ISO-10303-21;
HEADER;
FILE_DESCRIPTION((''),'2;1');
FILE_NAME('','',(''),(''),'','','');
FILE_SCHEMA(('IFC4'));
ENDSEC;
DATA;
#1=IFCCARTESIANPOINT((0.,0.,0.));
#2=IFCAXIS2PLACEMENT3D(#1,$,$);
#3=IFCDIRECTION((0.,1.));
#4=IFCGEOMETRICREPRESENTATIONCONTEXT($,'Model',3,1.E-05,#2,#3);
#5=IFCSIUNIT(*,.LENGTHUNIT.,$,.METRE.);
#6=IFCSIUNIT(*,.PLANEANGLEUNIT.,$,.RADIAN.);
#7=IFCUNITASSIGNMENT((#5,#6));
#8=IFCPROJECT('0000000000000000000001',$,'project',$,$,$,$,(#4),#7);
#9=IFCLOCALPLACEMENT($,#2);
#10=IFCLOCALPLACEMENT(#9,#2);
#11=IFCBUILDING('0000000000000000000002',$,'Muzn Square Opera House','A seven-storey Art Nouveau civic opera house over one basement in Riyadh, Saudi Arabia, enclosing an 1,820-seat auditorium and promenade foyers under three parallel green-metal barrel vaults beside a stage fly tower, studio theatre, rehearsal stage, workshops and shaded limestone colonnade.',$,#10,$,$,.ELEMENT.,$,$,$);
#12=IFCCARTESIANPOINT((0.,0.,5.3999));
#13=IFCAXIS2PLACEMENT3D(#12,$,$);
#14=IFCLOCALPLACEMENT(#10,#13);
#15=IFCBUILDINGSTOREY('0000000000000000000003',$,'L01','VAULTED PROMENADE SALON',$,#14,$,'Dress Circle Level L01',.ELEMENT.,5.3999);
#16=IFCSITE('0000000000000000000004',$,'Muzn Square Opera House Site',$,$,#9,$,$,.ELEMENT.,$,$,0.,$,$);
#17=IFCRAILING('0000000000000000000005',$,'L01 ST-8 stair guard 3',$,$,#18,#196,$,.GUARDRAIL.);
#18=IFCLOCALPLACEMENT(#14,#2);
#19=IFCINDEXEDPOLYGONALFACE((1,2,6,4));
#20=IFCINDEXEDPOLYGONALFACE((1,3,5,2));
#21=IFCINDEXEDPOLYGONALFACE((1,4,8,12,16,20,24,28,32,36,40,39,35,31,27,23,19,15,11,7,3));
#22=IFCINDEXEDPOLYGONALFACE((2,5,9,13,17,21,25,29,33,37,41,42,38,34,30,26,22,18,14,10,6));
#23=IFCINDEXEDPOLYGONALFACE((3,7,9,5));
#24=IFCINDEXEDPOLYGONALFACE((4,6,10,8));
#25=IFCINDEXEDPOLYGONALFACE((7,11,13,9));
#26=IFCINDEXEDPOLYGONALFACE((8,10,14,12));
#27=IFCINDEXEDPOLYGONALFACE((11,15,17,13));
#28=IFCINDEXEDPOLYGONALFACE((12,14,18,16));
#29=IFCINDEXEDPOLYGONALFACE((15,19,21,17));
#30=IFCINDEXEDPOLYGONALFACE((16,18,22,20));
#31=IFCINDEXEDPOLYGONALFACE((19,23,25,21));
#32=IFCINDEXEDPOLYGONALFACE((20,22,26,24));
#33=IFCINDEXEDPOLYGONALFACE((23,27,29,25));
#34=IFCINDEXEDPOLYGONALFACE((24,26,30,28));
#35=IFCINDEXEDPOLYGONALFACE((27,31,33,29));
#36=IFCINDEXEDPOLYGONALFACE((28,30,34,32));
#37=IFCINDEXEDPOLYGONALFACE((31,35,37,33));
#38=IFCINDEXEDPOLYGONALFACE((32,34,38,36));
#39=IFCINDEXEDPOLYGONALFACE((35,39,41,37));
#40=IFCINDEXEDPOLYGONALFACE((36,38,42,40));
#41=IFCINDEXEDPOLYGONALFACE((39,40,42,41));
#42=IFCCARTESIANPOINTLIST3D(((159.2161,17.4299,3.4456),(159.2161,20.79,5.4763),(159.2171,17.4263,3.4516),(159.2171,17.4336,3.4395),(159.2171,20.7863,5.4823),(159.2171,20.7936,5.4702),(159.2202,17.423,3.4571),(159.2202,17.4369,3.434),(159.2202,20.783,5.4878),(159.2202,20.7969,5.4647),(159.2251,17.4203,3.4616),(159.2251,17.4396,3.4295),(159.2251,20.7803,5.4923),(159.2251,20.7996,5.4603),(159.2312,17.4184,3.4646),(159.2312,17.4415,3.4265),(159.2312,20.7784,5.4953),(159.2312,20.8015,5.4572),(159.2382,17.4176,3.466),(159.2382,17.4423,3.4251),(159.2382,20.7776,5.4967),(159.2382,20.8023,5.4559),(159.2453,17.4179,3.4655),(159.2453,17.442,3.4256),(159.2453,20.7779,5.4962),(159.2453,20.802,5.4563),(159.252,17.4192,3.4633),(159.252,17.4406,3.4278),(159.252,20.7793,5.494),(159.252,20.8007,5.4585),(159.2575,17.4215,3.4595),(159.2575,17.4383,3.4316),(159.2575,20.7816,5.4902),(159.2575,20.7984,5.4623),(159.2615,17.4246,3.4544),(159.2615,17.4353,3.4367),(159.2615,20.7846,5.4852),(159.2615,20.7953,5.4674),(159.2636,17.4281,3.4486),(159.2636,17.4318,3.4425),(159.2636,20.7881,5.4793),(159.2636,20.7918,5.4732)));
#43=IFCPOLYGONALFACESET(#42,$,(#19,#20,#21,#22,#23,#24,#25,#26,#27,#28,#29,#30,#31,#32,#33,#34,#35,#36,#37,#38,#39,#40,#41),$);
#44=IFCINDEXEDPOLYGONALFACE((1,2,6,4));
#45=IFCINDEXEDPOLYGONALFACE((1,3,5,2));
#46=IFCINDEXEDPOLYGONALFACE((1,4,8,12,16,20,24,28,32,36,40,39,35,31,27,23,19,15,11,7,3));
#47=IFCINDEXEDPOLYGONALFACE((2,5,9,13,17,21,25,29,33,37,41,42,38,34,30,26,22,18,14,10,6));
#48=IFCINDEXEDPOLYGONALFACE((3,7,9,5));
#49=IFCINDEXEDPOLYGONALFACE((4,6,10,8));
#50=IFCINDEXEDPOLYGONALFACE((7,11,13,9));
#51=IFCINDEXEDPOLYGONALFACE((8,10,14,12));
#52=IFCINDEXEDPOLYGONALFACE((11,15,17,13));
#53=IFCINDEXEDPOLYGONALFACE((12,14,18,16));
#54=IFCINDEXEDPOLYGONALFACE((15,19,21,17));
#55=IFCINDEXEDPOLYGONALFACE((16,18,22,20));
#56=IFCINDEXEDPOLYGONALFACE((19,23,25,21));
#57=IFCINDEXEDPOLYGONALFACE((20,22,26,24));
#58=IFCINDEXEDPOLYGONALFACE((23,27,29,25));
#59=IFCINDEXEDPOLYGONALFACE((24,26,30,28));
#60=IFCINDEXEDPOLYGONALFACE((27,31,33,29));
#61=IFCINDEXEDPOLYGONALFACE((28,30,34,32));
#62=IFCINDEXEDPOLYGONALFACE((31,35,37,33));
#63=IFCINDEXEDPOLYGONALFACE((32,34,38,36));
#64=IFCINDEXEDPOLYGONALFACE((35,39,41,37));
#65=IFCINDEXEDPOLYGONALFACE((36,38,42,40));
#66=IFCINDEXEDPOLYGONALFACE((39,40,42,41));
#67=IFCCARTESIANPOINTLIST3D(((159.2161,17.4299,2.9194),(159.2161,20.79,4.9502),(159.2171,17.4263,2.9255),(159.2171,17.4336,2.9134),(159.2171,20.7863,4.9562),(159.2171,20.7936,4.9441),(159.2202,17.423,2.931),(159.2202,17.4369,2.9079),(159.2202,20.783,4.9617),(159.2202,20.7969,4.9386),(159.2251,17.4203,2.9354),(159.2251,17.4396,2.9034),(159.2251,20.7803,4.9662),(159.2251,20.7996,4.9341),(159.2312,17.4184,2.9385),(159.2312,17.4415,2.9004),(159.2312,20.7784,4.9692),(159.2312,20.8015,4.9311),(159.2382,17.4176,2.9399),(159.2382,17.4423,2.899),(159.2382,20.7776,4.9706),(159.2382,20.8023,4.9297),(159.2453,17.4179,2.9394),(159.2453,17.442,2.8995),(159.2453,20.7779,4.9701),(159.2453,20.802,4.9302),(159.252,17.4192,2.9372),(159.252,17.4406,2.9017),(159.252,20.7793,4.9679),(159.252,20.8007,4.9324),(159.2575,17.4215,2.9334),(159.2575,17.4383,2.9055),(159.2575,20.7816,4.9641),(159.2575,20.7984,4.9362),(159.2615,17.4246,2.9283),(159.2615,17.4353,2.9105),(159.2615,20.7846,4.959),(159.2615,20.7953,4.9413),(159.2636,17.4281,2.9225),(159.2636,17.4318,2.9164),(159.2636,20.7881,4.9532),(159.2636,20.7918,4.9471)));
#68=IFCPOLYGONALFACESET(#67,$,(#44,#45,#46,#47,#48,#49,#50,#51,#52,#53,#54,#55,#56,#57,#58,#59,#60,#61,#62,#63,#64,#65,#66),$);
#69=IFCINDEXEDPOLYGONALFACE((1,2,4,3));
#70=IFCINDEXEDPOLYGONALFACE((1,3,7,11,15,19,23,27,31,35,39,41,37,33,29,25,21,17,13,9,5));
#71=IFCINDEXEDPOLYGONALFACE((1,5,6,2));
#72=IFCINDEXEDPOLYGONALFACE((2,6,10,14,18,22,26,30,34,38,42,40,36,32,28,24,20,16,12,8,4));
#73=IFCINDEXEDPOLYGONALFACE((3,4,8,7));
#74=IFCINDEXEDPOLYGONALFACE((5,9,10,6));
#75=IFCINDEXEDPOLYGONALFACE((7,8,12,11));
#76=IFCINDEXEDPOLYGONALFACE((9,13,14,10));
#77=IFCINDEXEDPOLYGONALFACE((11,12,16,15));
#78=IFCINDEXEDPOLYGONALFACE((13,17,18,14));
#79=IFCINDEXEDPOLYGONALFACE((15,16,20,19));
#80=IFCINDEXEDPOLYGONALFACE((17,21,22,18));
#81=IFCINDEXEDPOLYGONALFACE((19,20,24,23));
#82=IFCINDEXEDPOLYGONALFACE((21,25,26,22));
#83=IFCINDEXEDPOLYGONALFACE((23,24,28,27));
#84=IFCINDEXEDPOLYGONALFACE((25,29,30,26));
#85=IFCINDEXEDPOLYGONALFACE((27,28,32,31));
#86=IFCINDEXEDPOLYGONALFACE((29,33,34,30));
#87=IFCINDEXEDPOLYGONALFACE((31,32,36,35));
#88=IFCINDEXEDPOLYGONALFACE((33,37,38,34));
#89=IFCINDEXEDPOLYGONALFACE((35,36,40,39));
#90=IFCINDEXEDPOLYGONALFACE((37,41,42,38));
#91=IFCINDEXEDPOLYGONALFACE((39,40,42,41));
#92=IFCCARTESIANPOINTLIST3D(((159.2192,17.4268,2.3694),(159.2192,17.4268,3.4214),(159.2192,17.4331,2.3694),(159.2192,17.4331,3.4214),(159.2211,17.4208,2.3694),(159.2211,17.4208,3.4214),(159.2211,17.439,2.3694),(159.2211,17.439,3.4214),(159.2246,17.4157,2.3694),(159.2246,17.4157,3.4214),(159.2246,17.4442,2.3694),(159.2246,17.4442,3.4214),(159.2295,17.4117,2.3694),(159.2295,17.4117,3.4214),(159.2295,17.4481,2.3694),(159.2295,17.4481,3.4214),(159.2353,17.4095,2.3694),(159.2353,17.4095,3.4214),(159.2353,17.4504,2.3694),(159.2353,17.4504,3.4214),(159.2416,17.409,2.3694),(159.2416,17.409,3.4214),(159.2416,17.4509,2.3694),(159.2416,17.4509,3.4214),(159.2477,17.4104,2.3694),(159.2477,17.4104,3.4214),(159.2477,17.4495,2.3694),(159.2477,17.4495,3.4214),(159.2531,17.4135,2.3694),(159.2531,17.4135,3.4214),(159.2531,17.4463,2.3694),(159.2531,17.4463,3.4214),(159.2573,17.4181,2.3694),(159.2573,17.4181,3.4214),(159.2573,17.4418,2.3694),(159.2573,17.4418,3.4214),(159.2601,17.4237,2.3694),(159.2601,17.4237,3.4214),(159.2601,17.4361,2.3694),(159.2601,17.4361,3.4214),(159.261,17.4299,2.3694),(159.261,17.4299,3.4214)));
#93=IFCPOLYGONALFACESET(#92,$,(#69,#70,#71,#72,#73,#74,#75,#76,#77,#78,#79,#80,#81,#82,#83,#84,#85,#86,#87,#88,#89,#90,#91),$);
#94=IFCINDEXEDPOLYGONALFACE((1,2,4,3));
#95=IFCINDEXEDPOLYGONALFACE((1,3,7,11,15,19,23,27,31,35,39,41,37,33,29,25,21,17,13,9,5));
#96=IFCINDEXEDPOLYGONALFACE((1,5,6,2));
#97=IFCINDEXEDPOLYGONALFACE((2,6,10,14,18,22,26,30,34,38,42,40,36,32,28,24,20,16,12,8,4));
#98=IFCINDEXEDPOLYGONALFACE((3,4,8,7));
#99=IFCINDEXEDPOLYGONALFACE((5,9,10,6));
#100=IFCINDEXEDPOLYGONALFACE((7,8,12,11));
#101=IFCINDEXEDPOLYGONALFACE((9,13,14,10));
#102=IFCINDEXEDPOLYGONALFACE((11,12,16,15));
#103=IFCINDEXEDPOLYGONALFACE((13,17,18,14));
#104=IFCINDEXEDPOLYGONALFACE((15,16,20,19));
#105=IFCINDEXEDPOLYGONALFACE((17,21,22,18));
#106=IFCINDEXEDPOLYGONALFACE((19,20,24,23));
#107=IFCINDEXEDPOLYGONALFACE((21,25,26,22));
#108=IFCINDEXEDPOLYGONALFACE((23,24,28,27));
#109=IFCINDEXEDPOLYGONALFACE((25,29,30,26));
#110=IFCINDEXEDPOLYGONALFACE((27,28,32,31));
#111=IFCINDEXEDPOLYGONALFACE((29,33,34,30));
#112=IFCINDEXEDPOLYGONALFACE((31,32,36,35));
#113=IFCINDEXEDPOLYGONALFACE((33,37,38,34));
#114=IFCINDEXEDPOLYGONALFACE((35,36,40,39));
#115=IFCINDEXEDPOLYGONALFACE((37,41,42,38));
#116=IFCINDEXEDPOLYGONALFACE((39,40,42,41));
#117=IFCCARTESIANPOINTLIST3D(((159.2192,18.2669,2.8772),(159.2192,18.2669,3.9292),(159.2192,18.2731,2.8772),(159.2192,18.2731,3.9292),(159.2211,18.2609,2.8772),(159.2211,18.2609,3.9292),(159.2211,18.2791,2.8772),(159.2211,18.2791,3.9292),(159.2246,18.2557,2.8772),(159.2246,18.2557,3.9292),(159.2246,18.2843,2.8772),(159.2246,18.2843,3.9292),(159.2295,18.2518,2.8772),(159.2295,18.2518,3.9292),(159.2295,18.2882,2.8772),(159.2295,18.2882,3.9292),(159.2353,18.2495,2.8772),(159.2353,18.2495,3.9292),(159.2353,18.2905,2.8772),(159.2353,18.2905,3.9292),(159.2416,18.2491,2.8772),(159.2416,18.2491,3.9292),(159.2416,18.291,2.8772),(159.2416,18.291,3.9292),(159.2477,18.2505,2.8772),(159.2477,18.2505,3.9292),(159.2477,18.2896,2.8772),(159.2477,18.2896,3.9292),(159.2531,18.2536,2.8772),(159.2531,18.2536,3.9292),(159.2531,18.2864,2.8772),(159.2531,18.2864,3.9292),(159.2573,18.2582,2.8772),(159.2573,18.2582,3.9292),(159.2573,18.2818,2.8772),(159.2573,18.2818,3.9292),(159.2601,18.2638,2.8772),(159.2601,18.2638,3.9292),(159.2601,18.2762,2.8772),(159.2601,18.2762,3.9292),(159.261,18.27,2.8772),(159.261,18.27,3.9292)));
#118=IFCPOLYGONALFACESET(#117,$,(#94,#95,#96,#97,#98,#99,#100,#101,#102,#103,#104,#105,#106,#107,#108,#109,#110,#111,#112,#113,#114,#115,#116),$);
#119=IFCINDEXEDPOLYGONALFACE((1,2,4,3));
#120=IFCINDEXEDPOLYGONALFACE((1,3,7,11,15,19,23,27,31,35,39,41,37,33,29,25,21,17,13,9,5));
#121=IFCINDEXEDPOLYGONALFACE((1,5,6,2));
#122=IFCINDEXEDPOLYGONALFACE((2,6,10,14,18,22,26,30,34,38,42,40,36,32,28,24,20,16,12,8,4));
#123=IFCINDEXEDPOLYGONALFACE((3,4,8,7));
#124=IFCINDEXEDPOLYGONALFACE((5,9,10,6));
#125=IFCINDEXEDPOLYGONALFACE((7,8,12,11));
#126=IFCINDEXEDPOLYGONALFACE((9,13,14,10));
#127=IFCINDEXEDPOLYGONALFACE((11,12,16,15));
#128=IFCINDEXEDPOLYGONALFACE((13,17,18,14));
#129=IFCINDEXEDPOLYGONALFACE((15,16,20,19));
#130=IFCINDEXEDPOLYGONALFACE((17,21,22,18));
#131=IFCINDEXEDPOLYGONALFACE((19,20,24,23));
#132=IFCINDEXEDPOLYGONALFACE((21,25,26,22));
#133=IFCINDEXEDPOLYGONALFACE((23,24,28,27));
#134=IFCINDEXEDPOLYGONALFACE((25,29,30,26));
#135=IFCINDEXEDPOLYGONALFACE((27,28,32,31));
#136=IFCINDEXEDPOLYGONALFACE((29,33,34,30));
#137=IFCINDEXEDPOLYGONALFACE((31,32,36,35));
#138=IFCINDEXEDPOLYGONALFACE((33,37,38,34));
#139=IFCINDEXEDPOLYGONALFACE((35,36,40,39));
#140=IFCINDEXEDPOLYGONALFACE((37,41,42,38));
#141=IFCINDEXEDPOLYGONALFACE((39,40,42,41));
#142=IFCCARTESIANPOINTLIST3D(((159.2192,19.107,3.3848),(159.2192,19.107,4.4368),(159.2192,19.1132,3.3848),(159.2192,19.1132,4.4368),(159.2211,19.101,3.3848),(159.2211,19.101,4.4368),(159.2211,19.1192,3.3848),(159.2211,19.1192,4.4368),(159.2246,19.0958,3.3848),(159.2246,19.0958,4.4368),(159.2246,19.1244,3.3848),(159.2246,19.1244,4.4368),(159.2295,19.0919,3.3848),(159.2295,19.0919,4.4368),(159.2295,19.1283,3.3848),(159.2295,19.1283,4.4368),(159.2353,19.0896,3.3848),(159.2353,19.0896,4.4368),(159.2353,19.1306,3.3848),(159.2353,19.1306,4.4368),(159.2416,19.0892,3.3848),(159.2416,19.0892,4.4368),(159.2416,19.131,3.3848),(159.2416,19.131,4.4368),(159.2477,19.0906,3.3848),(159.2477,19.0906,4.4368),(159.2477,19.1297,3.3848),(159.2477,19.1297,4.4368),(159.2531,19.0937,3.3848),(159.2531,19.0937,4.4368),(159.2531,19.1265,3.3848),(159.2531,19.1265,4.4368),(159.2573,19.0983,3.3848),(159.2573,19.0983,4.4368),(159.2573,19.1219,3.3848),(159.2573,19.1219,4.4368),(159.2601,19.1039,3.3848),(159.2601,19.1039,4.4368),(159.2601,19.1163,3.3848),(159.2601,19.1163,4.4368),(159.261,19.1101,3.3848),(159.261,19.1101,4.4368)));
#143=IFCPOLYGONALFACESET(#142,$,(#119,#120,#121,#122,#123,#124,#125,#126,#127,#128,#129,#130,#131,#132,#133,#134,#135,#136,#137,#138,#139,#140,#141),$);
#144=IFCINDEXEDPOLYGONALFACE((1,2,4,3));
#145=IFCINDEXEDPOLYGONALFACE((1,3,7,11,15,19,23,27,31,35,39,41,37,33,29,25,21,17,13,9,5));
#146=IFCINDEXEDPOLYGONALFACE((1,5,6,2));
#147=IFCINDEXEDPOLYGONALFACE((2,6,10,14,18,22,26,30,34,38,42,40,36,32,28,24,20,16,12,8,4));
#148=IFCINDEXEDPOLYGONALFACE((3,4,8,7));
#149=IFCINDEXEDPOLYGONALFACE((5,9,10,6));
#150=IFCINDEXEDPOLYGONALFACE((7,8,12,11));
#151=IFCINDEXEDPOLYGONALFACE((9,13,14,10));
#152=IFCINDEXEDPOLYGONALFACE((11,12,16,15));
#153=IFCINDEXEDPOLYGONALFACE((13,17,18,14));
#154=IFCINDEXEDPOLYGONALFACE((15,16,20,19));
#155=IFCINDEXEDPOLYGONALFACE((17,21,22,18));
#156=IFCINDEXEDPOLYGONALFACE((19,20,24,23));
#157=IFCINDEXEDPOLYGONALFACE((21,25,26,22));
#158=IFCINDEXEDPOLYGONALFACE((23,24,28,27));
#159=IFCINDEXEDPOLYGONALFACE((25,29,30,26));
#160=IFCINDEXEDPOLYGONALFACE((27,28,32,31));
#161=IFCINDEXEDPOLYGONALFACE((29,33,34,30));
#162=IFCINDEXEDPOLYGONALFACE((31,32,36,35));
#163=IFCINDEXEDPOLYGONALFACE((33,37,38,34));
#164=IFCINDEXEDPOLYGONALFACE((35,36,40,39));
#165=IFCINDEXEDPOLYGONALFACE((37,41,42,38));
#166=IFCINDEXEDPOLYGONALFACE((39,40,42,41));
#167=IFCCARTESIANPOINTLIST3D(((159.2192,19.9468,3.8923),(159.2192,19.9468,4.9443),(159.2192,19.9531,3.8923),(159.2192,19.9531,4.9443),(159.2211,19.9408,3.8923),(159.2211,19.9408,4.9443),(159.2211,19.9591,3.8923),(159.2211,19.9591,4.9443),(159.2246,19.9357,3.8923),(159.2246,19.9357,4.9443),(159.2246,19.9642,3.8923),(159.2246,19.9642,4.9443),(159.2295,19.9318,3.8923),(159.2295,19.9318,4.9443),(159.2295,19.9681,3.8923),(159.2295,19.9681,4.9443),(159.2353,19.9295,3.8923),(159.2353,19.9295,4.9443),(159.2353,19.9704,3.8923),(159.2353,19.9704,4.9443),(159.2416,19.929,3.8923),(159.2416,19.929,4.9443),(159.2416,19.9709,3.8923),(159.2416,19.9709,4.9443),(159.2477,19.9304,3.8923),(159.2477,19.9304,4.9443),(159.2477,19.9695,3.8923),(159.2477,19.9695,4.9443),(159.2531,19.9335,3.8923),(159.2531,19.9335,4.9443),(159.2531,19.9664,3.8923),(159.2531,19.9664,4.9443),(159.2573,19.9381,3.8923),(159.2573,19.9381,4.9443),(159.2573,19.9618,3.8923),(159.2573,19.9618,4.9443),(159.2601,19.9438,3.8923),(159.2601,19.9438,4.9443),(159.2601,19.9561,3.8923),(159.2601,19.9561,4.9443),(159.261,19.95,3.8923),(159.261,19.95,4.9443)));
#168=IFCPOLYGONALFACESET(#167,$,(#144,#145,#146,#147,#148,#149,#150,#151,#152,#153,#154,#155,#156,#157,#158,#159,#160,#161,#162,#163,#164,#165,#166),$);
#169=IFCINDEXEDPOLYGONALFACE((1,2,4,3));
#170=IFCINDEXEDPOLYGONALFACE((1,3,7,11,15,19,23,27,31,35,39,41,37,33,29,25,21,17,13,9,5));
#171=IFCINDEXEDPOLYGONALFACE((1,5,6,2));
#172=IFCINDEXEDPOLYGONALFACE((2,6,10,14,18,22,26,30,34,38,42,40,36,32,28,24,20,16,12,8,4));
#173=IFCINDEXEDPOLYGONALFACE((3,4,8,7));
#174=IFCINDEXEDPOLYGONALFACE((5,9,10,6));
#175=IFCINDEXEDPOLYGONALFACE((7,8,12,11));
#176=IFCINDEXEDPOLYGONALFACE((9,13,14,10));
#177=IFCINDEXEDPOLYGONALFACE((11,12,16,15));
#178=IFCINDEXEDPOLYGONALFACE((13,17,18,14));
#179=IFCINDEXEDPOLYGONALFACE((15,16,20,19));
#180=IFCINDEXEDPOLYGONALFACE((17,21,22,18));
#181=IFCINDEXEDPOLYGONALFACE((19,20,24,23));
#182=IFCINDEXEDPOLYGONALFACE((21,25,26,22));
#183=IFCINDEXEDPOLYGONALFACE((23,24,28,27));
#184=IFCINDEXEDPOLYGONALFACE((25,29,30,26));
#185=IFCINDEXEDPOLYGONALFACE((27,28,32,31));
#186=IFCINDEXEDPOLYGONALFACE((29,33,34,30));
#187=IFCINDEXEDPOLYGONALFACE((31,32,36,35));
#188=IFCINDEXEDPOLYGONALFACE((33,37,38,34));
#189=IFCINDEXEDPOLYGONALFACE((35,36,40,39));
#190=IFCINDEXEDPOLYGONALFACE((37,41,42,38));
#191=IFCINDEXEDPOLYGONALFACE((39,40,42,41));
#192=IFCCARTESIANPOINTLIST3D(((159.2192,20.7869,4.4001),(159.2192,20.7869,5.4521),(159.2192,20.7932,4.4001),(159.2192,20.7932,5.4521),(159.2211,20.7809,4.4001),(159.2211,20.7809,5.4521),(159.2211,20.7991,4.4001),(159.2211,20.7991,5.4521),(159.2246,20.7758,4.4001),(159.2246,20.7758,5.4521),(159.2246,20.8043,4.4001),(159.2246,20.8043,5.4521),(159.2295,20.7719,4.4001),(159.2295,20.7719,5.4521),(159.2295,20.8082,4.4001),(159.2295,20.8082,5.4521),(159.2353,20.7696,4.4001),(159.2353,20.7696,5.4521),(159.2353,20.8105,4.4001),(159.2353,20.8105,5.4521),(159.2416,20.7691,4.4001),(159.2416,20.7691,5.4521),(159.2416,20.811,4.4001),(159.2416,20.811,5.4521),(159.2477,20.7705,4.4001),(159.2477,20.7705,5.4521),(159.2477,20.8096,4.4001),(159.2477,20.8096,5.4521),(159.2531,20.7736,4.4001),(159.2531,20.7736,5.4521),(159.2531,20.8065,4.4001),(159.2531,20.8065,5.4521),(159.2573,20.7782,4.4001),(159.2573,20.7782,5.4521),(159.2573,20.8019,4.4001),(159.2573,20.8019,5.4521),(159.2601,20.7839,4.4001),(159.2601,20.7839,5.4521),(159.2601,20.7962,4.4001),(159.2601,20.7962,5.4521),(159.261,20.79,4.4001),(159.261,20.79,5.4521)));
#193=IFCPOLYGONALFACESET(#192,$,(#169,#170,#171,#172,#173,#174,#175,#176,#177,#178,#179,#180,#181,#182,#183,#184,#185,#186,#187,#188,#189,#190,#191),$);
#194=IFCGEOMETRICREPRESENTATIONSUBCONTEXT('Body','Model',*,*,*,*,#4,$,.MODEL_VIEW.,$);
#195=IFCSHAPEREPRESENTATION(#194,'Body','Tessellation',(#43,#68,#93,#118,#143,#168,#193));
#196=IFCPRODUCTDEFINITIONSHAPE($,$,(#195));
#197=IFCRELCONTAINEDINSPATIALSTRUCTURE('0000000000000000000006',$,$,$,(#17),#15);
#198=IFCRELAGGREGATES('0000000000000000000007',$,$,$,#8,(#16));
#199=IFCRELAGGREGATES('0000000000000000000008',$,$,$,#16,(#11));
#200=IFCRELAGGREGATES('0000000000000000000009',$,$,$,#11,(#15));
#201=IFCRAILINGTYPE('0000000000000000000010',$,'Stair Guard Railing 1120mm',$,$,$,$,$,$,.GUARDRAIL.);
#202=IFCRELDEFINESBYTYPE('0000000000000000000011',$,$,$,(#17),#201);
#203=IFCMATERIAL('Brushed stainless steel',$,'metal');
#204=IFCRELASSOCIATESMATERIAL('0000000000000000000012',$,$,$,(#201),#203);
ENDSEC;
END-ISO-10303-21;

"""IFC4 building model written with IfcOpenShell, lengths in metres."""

from ifc_helpers import new_model, si_unit, direction, frame, origin, origin_2d, place, context, subcontext, project, spatial, circle, extrude, material, type_object, element, save


model = new_model("IFC4")

# Units and contexts
model_context = context("Model", 3, precision=1e-05, world=origin(), true_north=direction((0.0, 1.0)))
body_context = subcontext(model_context, "Body", "Model", "MODEL_VIEW")
ifc_project = project(units=[si_unit("LENGTHUNIT", "METRE"), si_unit("PLANEANGLEUNIT", "RADIAN")], contexts=[model_context])

# Site, building, storey
site_placement = place(None, origin())
site = spatial("IfcSite", under=ifc_project, at=site_placement, Name="Muzn Square Opera House Site", CompositionType="ELEMENT", RefElevation=0.0)
building_placement = place(site_placement, origin())
building = spatial("IfcBuilding", under=site, at=building_placement, Name="Muzn Square Opera House", Description="A seven-storey Art Nouveau civic opera house over one basement in Riyadh, Saudi Arabia, enclosing an 1,820-seat auditorium and promenade foyers under three parallel green-metal barrel vaults beside a stage fly tower, studio theatre, rehearsal stage, workshops and shaded limestone colonnade.", CompositionType="ELEMENT")
storey_placement = place(building_placement, frame((0.0, 0.0, 5.3999)))
storey = spatial("IfcBuildingStorey", under=building, at=storey_placement, Name="L01", Description="VAULTED PROMENADE SALON", LongName="Dress Circle Level L01", CompositionType="ELEMENT", Elevation=5.3999)

# Railing
ifc_material_1 = material(Name="Brushed stainless steel", Category="metal")
railing_type_1 = type_object("IfcRailingType", Name="Stair Guard Railing 1120mm", PredefinedType="GUARDRAIL", material=ifc_material_1)
railing_1_placement = place(storey_placement, frame((159.24, 17.4299, 2.3694)))
element("IfcRailing", 1, at=railing_1_placement, inside=storey, type_object=railing_type_1, Name="L01 ST-8 stair guard 3", PredefinedType="GUARDRAIL", context=body_context, shape_type="SweptSolid", body=[
    extrude(circle(Radius=0.0239, at=origin_2d()), frame((0.0, 0.0, 1.0762), z_axis=(0.0, 0.855837, 0.517246), x_axis=(-1.0, 0.0, 0.0)), (0.0, 0.0, 1.0), 3.926),
    extrude(circle(Radius=0.0239, at=origin_2d()), frame((0.0, 0.0, 0.55), z_axis=(0.0, 0.855837, 0.517246), x_axis=(-1.0, 0.0, 0.0)), (0.0, 0.0, 1.0), 3.926),
    extrude(circle(Radius=0.021, at=origin_2d()), origin(), (0.0, 0.0, 1.0), 1.052),
    extrude(circle(Radius=0.021, at=origin_2d()), frame((0.0, 0.8401, 0.5078)), (0.0, 0.0, 1.0), 1.052),
    extrude(circle(Radius=0.021, at=origin_2d()), frame((0.0, 1.6802, 1.0154)), (0.0, 0.0, 1.0), 1.052),
    extrude(circle(Radius=0.021, at=origin_2d()), frame((0.0, 2.52, 1.5229)), (0.0, 0.0, 1.0), 1.052),
    extrude(circle(Radius=0.021, at=origin_2d()), frame((0.0, 3.3601, 2.0308)), (0.0, 0.0, 1.0), 1.052),
])

save(model, "model.ifc")
